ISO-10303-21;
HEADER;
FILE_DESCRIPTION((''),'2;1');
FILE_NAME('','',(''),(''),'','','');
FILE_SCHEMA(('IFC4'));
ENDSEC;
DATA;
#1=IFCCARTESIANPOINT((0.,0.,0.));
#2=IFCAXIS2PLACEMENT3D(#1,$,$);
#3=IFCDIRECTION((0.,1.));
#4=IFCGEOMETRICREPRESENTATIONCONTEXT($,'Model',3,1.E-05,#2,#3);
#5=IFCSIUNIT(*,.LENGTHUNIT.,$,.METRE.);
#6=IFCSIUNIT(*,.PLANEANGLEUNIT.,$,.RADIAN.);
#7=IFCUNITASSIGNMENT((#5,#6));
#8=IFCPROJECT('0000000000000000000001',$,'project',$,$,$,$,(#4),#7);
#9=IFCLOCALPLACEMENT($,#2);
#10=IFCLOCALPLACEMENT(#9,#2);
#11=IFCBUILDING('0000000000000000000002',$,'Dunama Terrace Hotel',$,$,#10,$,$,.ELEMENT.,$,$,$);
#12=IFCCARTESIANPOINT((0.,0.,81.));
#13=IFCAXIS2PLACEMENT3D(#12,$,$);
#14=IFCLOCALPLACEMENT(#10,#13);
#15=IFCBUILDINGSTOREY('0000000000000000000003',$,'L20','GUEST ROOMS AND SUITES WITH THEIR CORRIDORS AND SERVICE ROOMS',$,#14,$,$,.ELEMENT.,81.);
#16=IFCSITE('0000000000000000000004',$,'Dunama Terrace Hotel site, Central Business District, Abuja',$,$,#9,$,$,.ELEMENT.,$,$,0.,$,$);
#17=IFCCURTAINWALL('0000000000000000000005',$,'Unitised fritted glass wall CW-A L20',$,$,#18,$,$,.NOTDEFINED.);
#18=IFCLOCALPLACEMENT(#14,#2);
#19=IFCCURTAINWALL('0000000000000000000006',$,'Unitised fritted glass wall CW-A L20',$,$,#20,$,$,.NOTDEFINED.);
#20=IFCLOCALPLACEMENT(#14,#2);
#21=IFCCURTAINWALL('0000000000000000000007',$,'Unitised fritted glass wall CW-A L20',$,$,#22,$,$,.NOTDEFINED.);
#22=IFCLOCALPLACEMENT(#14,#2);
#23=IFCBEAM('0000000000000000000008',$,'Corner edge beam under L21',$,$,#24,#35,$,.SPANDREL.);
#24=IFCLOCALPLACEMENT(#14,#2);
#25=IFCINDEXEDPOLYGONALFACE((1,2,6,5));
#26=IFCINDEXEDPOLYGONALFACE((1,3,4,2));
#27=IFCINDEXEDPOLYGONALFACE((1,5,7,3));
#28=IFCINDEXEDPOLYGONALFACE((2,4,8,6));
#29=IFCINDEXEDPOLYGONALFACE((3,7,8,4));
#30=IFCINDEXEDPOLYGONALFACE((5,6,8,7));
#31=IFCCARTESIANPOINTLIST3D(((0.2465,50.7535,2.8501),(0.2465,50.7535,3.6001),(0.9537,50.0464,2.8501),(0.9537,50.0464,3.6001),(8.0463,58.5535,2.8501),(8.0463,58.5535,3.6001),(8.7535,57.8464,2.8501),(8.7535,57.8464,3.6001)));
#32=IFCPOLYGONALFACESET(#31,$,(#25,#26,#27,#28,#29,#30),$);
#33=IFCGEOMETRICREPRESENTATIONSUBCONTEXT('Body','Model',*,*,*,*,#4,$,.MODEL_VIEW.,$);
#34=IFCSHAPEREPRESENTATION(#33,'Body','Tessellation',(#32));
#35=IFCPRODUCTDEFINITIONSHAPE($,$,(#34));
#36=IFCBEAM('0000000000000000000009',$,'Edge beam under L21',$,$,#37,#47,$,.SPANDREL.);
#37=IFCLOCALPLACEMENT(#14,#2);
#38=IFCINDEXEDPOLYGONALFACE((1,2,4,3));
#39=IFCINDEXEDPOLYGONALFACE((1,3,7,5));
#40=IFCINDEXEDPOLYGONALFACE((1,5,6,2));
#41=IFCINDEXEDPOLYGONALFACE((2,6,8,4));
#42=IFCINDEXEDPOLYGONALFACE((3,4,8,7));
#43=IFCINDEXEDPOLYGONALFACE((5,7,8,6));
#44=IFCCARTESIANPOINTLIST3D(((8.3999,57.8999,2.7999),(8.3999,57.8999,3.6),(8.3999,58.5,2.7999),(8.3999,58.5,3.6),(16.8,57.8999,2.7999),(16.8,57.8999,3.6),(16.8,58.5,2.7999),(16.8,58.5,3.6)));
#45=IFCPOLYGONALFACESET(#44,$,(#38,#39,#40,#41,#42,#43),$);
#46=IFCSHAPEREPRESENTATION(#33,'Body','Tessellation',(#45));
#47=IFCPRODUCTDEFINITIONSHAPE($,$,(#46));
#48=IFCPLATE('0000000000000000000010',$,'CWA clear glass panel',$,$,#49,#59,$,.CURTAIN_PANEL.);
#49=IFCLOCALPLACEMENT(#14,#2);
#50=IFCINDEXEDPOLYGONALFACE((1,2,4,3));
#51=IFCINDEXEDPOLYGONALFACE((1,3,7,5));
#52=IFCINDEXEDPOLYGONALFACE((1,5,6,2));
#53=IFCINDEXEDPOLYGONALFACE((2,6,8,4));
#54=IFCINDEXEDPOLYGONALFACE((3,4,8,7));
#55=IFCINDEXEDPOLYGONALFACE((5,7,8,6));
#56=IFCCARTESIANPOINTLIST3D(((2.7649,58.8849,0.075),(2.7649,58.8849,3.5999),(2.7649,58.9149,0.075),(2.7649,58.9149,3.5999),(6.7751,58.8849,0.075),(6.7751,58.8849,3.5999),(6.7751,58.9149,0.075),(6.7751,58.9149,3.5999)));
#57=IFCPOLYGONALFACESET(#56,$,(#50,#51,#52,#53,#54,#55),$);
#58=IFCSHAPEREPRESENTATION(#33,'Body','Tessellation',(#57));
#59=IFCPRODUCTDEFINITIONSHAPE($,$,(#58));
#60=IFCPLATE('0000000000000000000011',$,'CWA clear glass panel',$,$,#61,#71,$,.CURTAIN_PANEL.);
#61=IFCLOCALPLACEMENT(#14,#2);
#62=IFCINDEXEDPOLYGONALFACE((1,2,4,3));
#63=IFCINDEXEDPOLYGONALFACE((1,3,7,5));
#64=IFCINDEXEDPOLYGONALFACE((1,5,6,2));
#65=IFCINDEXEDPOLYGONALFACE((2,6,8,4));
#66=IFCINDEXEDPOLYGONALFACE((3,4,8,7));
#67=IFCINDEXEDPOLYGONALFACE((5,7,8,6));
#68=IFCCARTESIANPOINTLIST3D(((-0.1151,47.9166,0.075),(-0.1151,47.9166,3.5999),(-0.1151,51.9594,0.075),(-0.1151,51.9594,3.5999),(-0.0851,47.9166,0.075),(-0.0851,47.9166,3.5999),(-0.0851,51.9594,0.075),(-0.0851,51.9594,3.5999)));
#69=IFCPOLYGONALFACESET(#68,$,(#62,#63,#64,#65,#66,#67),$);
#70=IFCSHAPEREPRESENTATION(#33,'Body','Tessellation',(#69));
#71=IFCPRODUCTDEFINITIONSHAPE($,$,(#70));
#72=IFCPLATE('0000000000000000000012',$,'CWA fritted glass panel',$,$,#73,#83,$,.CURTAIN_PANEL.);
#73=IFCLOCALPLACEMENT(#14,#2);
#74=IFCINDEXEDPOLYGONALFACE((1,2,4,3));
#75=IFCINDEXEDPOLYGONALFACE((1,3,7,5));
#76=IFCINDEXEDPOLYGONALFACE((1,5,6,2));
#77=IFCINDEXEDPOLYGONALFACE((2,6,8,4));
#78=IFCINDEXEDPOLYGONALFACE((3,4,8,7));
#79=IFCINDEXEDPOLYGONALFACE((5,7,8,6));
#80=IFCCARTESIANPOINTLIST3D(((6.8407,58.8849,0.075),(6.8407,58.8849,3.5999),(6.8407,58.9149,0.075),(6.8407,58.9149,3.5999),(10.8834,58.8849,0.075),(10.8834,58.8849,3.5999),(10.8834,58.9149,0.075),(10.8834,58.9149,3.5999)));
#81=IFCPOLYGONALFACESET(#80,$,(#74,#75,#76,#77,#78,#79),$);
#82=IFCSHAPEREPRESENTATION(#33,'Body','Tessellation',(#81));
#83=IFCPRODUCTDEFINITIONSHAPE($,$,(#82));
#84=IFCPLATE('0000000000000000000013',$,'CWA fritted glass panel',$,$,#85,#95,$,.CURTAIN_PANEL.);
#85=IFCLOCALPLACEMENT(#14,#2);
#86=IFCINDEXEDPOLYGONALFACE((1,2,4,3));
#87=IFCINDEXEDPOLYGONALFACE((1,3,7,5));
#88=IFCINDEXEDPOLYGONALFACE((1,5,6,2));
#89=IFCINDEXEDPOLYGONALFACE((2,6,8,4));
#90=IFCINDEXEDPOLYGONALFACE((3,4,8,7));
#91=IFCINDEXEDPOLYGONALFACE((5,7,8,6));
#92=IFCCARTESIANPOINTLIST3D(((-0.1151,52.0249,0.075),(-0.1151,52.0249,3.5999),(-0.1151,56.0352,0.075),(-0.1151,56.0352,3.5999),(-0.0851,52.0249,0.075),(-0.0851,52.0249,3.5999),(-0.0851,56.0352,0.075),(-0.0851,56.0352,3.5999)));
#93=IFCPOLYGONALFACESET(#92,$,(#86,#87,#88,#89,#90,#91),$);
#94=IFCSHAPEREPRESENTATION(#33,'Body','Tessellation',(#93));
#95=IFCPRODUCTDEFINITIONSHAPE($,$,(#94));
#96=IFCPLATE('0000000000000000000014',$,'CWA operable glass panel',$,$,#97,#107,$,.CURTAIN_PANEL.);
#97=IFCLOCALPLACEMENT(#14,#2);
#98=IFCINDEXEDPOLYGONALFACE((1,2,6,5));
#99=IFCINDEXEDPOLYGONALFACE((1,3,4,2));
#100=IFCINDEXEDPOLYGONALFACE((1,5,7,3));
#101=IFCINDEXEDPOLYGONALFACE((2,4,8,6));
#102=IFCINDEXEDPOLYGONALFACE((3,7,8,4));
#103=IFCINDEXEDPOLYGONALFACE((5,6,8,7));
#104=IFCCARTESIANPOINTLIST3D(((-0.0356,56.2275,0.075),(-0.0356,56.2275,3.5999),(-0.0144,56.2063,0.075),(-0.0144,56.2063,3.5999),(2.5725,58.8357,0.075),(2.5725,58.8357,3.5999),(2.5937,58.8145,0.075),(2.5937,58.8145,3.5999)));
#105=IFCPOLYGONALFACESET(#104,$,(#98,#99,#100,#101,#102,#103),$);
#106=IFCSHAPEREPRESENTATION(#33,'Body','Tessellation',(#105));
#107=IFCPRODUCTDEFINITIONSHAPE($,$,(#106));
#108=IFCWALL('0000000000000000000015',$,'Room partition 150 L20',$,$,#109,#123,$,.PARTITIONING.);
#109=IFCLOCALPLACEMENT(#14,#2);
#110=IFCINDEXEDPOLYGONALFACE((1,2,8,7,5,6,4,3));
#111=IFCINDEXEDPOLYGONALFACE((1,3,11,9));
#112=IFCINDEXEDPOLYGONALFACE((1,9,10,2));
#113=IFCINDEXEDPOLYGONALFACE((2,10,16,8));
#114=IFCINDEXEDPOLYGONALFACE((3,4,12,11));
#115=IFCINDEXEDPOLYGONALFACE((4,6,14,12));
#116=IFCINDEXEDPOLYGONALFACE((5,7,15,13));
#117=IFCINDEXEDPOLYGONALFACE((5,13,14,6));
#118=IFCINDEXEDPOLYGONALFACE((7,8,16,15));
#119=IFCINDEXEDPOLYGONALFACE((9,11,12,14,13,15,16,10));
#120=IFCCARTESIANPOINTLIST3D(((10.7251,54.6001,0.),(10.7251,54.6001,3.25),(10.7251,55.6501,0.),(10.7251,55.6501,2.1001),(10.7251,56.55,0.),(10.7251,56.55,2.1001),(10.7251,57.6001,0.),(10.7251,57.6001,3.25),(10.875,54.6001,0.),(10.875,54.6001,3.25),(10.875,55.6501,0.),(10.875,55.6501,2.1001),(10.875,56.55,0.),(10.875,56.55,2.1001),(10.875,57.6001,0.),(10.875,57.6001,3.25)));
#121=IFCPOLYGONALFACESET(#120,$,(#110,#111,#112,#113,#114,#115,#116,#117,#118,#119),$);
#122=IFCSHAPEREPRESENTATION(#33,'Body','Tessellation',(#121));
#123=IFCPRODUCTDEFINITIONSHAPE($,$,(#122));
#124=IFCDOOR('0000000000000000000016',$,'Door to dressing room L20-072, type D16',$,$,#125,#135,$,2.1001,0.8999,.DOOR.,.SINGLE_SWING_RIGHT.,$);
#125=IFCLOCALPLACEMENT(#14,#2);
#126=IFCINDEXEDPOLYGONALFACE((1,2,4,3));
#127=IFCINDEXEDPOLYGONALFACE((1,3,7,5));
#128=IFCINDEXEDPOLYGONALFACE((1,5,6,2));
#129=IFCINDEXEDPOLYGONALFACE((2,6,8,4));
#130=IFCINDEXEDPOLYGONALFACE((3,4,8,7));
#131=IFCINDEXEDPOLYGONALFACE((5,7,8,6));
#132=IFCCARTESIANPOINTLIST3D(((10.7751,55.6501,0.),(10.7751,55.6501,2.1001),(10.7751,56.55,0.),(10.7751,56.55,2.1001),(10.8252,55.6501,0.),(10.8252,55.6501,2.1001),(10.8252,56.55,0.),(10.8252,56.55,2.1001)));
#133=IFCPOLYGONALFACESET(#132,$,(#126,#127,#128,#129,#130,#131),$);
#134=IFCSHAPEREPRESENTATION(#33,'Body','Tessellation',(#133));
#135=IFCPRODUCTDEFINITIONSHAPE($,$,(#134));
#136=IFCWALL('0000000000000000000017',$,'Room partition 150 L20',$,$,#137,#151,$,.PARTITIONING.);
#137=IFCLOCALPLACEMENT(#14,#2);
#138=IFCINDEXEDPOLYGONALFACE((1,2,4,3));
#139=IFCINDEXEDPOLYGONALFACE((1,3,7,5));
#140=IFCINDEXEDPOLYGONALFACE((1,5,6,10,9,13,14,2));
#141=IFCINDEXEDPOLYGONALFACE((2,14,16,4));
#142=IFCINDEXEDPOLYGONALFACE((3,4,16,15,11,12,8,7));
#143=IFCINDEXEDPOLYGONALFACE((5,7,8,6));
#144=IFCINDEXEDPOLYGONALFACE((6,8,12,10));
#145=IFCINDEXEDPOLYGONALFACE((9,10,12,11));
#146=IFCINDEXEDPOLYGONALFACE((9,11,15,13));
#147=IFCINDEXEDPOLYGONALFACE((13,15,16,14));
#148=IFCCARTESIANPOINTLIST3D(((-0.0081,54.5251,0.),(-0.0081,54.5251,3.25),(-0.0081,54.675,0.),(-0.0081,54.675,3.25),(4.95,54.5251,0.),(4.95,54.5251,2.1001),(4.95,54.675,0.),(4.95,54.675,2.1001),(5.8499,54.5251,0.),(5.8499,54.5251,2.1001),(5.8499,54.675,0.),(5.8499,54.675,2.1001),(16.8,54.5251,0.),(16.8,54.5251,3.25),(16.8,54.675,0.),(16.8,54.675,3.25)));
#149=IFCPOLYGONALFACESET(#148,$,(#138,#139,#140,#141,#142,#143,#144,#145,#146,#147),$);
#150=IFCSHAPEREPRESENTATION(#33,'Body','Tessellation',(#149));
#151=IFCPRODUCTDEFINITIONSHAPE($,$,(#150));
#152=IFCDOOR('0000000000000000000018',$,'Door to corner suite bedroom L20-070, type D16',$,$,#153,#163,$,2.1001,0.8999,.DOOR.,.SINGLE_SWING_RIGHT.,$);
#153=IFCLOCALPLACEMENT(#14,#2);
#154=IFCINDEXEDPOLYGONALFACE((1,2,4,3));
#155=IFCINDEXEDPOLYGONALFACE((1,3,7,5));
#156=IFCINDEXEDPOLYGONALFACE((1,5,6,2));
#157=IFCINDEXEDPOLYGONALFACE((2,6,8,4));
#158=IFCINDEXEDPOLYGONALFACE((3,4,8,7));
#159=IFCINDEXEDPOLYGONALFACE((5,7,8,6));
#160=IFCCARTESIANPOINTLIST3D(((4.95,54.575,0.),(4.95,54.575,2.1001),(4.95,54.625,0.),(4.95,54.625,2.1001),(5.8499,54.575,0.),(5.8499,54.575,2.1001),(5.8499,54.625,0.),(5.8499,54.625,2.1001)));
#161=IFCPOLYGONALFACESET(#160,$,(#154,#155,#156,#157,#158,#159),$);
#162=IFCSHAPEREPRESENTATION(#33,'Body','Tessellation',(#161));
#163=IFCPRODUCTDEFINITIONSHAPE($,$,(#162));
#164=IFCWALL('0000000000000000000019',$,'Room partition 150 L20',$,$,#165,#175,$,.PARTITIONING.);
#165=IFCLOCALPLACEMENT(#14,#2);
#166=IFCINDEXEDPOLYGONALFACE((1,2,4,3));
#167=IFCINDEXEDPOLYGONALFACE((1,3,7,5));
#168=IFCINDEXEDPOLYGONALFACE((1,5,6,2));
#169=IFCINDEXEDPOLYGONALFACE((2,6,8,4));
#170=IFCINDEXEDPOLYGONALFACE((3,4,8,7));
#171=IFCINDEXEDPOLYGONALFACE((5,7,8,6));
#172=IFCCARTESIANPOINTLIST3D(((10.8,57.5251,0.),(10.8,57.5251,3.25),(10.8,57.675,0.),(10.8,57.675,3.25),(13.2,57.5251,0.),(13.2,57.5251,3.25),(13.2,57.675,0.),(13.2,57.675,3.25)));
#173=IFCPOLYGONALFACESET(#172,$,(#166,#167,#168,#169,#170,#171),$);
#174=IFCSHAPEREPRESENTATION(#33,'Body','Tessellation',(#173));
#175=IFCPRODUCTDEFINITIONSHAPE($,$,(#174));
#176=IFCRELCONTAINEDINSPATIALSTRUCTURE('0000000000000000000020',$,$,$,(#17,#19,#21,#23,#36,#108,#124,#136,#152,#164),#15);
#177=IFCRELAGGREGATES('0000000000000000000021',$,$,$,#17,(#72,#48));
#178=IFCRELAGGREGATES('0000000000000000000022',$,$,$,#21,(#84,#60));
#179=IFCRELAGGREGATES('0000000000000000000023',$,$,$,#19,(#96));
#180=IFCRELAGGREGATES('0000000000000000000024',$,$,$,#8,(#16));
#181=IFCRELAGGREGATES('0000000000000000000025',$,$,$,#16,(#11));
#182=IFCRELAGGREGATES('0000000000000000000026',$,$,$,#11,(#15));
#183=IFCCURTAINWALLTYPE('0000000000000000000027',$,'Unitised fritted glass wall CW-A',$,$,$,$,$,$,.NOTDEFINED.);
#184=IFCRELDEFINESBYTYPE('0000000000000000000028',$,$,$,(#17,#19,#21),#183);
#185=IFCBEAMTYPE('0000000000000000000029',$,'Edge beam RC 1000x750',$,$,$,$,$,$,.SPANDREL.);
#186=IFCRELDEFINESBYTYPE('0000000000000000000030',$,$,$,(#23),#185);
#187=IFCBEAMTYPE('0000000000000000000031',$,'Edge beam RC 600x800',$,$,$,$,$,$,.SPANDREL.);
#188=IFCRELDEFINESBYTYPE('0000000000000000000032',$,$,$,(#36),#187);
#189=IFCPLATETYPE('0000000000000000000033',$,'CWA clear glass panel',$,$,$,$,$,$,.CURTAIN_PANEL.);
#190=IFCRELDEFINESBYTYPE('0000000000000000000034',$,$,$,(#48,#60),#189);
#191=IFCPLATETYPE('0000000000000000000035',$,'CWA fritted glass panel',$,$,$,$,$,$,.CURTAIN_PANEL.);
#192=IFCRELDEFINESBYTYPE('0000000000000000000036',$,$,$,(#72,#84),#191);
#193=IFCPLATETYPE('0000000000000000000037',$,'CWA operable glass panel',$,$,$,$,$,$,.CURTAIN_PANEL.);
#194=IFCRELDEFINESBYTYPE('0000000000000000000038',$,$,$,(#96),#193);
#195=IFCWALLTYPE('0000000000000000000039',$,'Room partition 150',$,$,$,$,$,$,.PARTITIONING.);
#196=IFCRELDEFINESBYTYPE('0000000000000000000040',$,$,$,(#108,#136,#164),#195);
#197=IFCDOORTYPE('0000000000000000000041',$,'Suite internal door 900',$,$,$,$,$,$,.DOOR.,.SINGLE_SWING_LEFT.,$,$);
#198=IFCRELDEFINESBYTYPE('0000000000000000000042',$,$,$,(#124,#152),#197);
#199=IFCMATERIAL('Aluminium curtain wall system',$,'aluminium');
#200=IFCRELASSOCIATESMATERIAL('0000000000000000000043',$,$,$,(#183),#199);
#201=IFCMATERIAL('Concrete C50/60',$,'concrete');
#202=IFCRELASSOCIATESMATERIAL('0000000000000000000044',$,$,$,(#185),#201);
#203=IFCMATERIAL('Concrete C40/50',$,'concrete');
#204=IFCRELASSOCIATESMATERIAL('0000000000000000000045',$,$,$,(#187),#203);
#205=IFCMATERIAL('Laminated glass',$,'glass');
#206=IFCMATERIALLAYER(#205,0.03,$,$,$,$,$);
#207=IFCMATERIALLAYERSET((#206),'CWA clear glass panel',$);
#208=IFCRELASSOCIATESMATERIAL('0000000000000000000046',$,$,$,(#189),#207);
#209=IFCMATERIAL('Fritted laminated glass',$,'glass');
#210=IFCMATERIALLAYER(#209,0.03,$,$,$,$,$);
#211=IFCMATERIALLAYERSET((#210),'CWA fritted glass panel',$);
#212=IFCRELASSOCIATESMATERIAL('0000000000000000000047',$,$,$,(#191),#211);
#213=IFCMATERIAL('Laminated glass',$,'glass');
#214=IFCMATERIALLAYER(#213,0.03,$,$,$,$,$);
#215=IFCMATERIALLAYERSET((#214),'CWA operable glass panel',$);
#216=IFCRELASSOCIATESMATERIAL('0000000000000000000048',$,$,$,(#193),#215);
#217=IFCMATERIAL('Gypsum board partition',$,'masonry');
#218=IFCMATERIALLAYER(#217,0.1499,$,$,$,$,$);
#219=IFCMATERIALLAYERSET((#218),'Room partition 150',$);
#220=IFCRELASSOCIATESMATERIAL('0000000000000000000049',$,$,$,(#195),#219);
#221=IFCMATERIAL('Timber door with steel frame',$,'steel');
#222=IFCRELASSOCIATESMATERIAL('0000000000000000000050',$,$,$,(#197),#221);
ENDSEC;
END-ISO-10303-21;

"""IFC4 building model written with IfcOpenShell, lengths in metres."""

from ifc_helpers import new_model, si_unit, direction, frame, frame_2d, origin, origin_2d, place, context, subcontext, project, spatial, rectangle, extrude, material, layer, layer_set, material_profile, profile_set, type_object, element, fill, aggregate, save


model = new_model("IFC4")

# Units and contexts
model_context = context("Model", 3, precision=1e-05, world=origin(), true_north=direction((0.0, 1.0)))
body_context = subcontext(model_context, "Body", "Model", "MODEL_VIEW")
ifc_project = project(units=[si_unit("LENGTHUNIT", "METRE"), si_unit("PLANEANGLEUNIT", "RADIAN")], contexts=[model_context])

# Site, building, storey
site_placement = place(None, origin())
site = spatial("IfcSite", under=ifc_project, at=site_placement, Name="Dunama Terrace Hotel site, Central Business District, Abuja", CompositionType="ELEMENT", RefElevation=0.0)
building_placement = place(site_placement, origin())
building = spatial("IfcBuilding", under=site, at=building_placement, Name="Dunama Terrace Hotel", CompositionType="ELEMENT")
storey_placement = place(building_placement, frame((0.0, 0.0, 81.0)))
storey = spatial("IfcBuildingStorey", under=building, at=storey_placement, Name="L20", Description="GUEST ROOMS AND SUITES WITH THEIR CORRIDORS AND SERVICE ROOMS", CompositionType="ELEMENT", Elevation=81.0)

# Curtain walls
ifc_material_1 = material(Name="Aluminium curtain wall system", Category="aluminium")
curtain_wall_type = type_object("IfcCurtainWallType", Name="Unitised fritted glass wall CW-A", PredefinedType="NOTDEFINED", material=ifc_material_1)
curtain_wall_1_placement = place(storey_placement, origin())
curtain_wall_1 = element("IfcCurtainWall", 1, at=curtain_wall_1_placement, inside=storey, type_object=curtain_wall_type, Name="Unitised fritted glass wall CW-A L20", PredefinedType="NOTDEFINED")
curtain_wall_2_placement = place(storey_placement, origin())
curtain_wall_2 = element("IfcCurtainWall", 2, at=curtain_wall_2_placement, inside=storey, type_object=curtain_wall_type, Name="Unitised fritted glass wall CW-A L20", PredefinedType="NOTDEFINED")
curtain_wall_3_placement = place(storey_placement, origin())
curtain_wall_3 = element("IfcCurtainWall", 3, at=curtain_wall_3_placement, inside=storey, type_object=curtain_wall_type, Name="Unitised fritted glass wall CW-A L20", PredefinedType="NOTDEFINED")

# Beams
ifc_material_2 = material(Name="Concrete C50/60", Category="concrete")
ifc_material_profile_1 = material_profile(ifc_material_2, rectangle(XDim=1.0, YDim=0.75, at=origin_2d()), Name="RC 1000x750")
ifc_profile_set_1 = profile_set([ifc_material_profile_1], Name="Concrete C50/60")
beam_type_1 = type_object("IfcBeamType", Name="Edge beam RC 1000x750", PredefinedType="SPANDREL", material=ifc_profile_set_1)
beam_1_placement = place(storey_placement, frame((8.3999, 58.2, 3.2251), z_axis=(-0.707096, -0.707118, 0.0), x_axis=(0.707118, -0.707096, 0.0)))
element("IfcBeam", 4, at=beam_1_placement, inside=storey, type_object=beam_type_1, Name="Corner edge beam under L21", PredefinedType="SPANDREL", context=body_context, shape_type="SweptSolid", body=[
    extrude(rectangle(XDim=1.0, YDim=0.75, at=origin_2d()), origin(), (0.0, 0.0, 1.0), 11.0308),
])
ifc_material_3 = material(Name="Concrete C40/50", Category="concrete")
ifc_material_profile_2 = material_profile(ifc_material_3, rectangle(XDim=0.6001, YDim=0.8, at=origin_2d()), Name="RC 600x800")
ifc_profile_set_2 = profile_set([ifc_material_profile_2], Name="Concrete C40/50")
beam_type_2 = type_object("IfcBeamType", Name="Edge beam RC 600x800", PredefinedType="SPANDREL", material=ifc_profile_set_2)
beam_2_placement = place(storey_placement, frame((8.3999, 58.2, 3.2), z_axis=(1.0, 0.0, 0.0), x_axis=(0.0, 1.0, 0.0)))
element("IfcBeam", 5, at=beam_2_placement, inside=storey, type_object=beam_type_2, Name="Edge beam under L21", PredefinedType="SPANDREL", context=body_context, shape_type="SweptSolid", body=[
    extrude(rectangle(XDim=0.6001, YDim=0.8, at=origin_2d()), origin(), (0.0, 0.0, 1.0), 8.4001),
])

# Plates
ifc_material_4 = material(Name="Laminated glass", Category="glass")
ifc_layer_1 = layer(ifc_material_4, 0.03)
ifc_layer_set_1 = layer_set([ifc_layer_1], Name="CWA clear glass panel")
plate_type_1 = type_object("IfcPlateType", Name="CWA clear glass panel", PredefinedType="CURTAIN_PANEL", material=ifc_layer_set_1)
plate_1_placement = place(storey_placement, frame((4.77, 58.8999, 0.075), z_axis=(0.0, 0.0, 1.0), x_axis=(-1.0, 0.0, 0.0)))
plate_1 = element("IfcPlate", 6, at=plate_1_placement, type_object=plate_type_1, Name="CWA clear glass panel", PredefinedType="CURTAIN_PANEL", context=body_context, shape_type="SweptSolid", body=[
    extrude(rectangle(XDim=4.0103, YDim=0.03, at=origin_2d()), origin(), (0.0, 0.0, 1.0), 3.5249),
])
plate_2_placement = place(storey_placement, frame((-0.1001, 49.938, 0.075), z_axis=(0.0, 0.0, 1.0), x_axis=(0.0, -1.0, 0.0)))
plate_2 = element("IfcPlate", 7, at=plate_2_placement, type_object=plate_type_1, Name="CWA clear glass panel", PredefinedType="CURTAIN_PANEL", context=body_context, shape_type="SweptSolid", body=[
    extrude(rectangle(XDim=4.0427, YDim=0.03, at=origin_2d()), origin(), (0.0, 0.0, 1.0), 3.5249),
])
ifc_material_5 = material(Name="Fritted laminated glass", Category="glass")
ifc_layer_2 = layer(ifc_material_5, 0.03)
ifc_layer_set_2 = layer_set([ifc_layer_2], Name="CWA fritted glass panel")
plate_type_2 = type_object("IfcPlateType", Name="CWA fritted glass panel", PredefinedType="CURTAIN_PANEL", material=ifc_layer_set_2)
plate_3_placement = place(storey_placement, frame((8.8621, 58.8999, 0.075), z_axis=(0.0, 0.0, 1.0), x_axis=(-1.0, 0.0, 0.0)))
plate_3 = element("IfcPlate", 8, at=plate_3_placement, type_object=plate_type_2, Name="CWA fritted glass panel", PredefinedType="CURTAIN_PANEL", context=body_context, shape_type="SweptSolid", body=[
    extrude(rectangle(XDim=4.0427, YDim=0.03, at=origin_2d()), origin(), (0.0, 0.0, 1.0), 3.5249),
])
aggregate(curtain_wall_1, [plate_3, plate_1])
plate_4_placement = place(storey_placement, frame((-0.1001, 54.03, 0.075), z_axis=(0.0, 0.0, 1.0), x_axis=(0.0, -1.0, 0.0)))
plate_4 = element("IfcPlate", 9, at=plate_4_placement, type_object=plate_type_2, Name="CWA fritted glass panel", PredefinedType="CURTAIN_PANEL", context=body_context, shape_type="SweptSolid", body=[
    extrude(rectangle(XDim=4.0103, YDim=0.03, at=origin_2d()), origin(), (0.0, 0.0, 1.0), 3.5249),
])
aggregate(curtain_wall_3, [plate_4, plate_2])
ifc_material_6 = material(Name="Laminated glass", Category="glass")
ifc_layer_3 = layer(ifc_material_6, 0.03)
ifc_layer_set_3 = layer_set([ifc_layer_3], Name="CWA operable glass panel")
plate_type_3 = type_object("IfcPlateType", Name="CWA operable glass panel", PredefinedType="CURTAIN_PANEL", material=ifc_layer_set_3)
plate_5_placement = place(storey_placement, frame((1.2791, 57.521, 0.075), z_axis=(0.0, 0.0, 1.0), x_axis=(-0.707107, -0.707107, 0.0)))
plate_5 = element("IfcPlate", 10, at=plate_5_placement, type_object=plate_type_3, Name="CWA operable glass panel", PredefinedType="CURTAIN_PANEL", context=body_context, shape_type="SweptSolid", body=[
    extrude(rectangle(XDim=3.6885, YDim=0.03, at=origin_2d()), origin(), (0.0, 0.0, 1.0), 3.5249),
])
aggregate(curtain_wall_2, [plate_5])

# Walls, openings, doors
ifc_material_7 = material(Name="Gypsum board partition", Category="masonry")
ifc_layer_4 = layer(ifc_material_7, 0.1499)
ifc_layer_set_4 = layer_set([ifc_layer_4], Name="Room partition 150")
wall_type = type_object("IfcWallType", Name="Room partition 150", PredefinedType="PARTITIONING", material=ifc_layer_set_4)
wall_1_placement = place(storey_placement, frame((10.8, 54.6001, 0.0), z_axis=(0.0, 0.0, 1.0), x_axis=(0.0, 1.0, 0.0)))
wall_1 = element("IfcWall", 11, at=wall_1_placement, inside=storey, type_object=wall_type, Name="Room partition 150 L20", PredefinedType="PARTITIONING", context=body_context, shape_type="SweptSolid", body=[
    extrude(rectangle(XDim=3.0, YDim=0.1499, at=frame_2d((1.5, 0.0))), origin(), (0.0, 0.0, 1.0), 3.25),
])
opening_1_placement = place(wall_1_placement, frame((1.05, 0.0, 0.0)))
opening_1 = element("IfcOpeningElement", 12, at=opening_1_placement, cuts=wall_1, PredefinedType="OPENING", context=body_context, shape_type="SweptSolid", body=[
    extrude(rectangle(XDim=0.8999, YDim=2.1001, at=frame_2d((0.45, 1.05))), frame((0.0, 0.085, 0.0), z_axis=(0.0, -1.0, 0.0), x_axis=(1.0, 0.0, 0.0)), (0.0, 0.0, 1.0), 0.1699),
])
ifc_material_8 = material(Name="Timber door with steel frame", Category="steel")
door_type = type_object("IfcDoorType", Name="Suite internal door 900", OperationType="SINGLE_SWING_LEFT", PredefinedType="DOOR", material=ifc_material_8)
door_1_placement = place(opening_1_placement, frame((0.8999, 0.0, 0.0), z_axis=(0.0, 0.0, 1.0), x_axis=(-1.0, 0.0, 0.0)))
door_1 = element("IfcDoor", 13, at=door_1_placement, inside=storey, type_object=door_type, Name="Door to dressing room L20-072, type D16", OperationType="SINGLE_SWING_RIGHT", OverallHeight=2.1001, OverallWidth=0.8999, PredefinedType="DOOR", context=body_context, shape_type="SweptSolid", body=[
    extrude(rectangle(XDim=0.8999, YDim=2.1001, at=frame_2d((0.45, 1.05))), frame((0.0, 0.0251, 0.0), z_axis=(0.0, -1.0, 0.0), x_axis=(1.0, 0.0, 0.0)), (0.0, 0.0, 1.0), 0.05),
])
fill(opening_1, door_1)
wall_2_placement = place(storey_placement, frame((-0.0081, 54.6001, 0.0), z_axis=(0.0, 0.0, 1.0), x_axis=(1.0, 0.0, 0.0)))
wall_2 = element("IfcWall", 14, at=wall_2_placement, inside=storey, type_object=wall_type, Name="Room partition 150 L20", PredefinedType="PARTITIONING", context=body_context, shape_type="SweptSolid", body=[
    extrude(rectangle(XDim=16.8081, YDim=0.1499, at=frame_2d((8.4041, 0.0))), origin(), (0.0, 0.0, 1.0), 3.25),
])
opening_2_placement = place(wall_2_placement, frame((4.958, 0.0, 0.0)))
opening_2 = element("IfcOpeningElement", 15, at=opening_2_placement, cuts=wall_2, PredefinedType="OPENING", context=body_context, shape_type="SweptSolid", body=[
    extrude(rectangle(XDim=0.8999, YDim=2.1001, at=frame_2d((0.45, 1.05))), frame((0.0, 0.085, 0.0), z_axis=(0.0, -1.0, 0.0), x_axis=(1.0, 0.0, 0.0)), (0.0, 0.0, 1.0), 0.1699),
])
door_2_placement = place(opening_2_placement, origin())
door_2 = element("IfcDoor", 16, at=door_2_placement, inside=storey, type_object=door_type, Name="Door to corner suite bedroom L20-070, type D16", OperationType="SINGLE_SWING_RIGHT", OverallHeight=2.1001, OverallWidth=0.8999, PredefinedType="DOOR", context=body_context, shape_type="SweptSolid", body=[
    extrude(rectangle(XDim=0.8999, YDim=2.1001, at=frame_2d((0.45, 1.05))), frame((0.0, 0.0249, 0.0), z_axis=(0.0, -1.0, 0.0), x_axis=(1.0, 0.0, 0.0)), (0.0, 0.0, 1.0), 0.05),
])
fill(opening_2, door_2)

# Wall
wall_3_placement = place(storey_placement, frame((10.8, 57.6001, 0.0), z_axis=(0.0, 0.0, 1.0), x_axis=(1.0, 0.0, 0.0)))
element("IfcWall", 17, at=wall_3_placement, inside=storey, type_object=wall_type, Name="Room partition 150 L20", PredefinedType="PARTITIONING", context=body_context, shape_type="SweptSolid", body=[
    extrude(rectangle(XDim=2.3999, YDim=0.1499, at=frame_2d((1.2, 0.0))), origin(), (0.0, 0.0, 1.0), 3.25),
])

save(model, "model.ifc")
